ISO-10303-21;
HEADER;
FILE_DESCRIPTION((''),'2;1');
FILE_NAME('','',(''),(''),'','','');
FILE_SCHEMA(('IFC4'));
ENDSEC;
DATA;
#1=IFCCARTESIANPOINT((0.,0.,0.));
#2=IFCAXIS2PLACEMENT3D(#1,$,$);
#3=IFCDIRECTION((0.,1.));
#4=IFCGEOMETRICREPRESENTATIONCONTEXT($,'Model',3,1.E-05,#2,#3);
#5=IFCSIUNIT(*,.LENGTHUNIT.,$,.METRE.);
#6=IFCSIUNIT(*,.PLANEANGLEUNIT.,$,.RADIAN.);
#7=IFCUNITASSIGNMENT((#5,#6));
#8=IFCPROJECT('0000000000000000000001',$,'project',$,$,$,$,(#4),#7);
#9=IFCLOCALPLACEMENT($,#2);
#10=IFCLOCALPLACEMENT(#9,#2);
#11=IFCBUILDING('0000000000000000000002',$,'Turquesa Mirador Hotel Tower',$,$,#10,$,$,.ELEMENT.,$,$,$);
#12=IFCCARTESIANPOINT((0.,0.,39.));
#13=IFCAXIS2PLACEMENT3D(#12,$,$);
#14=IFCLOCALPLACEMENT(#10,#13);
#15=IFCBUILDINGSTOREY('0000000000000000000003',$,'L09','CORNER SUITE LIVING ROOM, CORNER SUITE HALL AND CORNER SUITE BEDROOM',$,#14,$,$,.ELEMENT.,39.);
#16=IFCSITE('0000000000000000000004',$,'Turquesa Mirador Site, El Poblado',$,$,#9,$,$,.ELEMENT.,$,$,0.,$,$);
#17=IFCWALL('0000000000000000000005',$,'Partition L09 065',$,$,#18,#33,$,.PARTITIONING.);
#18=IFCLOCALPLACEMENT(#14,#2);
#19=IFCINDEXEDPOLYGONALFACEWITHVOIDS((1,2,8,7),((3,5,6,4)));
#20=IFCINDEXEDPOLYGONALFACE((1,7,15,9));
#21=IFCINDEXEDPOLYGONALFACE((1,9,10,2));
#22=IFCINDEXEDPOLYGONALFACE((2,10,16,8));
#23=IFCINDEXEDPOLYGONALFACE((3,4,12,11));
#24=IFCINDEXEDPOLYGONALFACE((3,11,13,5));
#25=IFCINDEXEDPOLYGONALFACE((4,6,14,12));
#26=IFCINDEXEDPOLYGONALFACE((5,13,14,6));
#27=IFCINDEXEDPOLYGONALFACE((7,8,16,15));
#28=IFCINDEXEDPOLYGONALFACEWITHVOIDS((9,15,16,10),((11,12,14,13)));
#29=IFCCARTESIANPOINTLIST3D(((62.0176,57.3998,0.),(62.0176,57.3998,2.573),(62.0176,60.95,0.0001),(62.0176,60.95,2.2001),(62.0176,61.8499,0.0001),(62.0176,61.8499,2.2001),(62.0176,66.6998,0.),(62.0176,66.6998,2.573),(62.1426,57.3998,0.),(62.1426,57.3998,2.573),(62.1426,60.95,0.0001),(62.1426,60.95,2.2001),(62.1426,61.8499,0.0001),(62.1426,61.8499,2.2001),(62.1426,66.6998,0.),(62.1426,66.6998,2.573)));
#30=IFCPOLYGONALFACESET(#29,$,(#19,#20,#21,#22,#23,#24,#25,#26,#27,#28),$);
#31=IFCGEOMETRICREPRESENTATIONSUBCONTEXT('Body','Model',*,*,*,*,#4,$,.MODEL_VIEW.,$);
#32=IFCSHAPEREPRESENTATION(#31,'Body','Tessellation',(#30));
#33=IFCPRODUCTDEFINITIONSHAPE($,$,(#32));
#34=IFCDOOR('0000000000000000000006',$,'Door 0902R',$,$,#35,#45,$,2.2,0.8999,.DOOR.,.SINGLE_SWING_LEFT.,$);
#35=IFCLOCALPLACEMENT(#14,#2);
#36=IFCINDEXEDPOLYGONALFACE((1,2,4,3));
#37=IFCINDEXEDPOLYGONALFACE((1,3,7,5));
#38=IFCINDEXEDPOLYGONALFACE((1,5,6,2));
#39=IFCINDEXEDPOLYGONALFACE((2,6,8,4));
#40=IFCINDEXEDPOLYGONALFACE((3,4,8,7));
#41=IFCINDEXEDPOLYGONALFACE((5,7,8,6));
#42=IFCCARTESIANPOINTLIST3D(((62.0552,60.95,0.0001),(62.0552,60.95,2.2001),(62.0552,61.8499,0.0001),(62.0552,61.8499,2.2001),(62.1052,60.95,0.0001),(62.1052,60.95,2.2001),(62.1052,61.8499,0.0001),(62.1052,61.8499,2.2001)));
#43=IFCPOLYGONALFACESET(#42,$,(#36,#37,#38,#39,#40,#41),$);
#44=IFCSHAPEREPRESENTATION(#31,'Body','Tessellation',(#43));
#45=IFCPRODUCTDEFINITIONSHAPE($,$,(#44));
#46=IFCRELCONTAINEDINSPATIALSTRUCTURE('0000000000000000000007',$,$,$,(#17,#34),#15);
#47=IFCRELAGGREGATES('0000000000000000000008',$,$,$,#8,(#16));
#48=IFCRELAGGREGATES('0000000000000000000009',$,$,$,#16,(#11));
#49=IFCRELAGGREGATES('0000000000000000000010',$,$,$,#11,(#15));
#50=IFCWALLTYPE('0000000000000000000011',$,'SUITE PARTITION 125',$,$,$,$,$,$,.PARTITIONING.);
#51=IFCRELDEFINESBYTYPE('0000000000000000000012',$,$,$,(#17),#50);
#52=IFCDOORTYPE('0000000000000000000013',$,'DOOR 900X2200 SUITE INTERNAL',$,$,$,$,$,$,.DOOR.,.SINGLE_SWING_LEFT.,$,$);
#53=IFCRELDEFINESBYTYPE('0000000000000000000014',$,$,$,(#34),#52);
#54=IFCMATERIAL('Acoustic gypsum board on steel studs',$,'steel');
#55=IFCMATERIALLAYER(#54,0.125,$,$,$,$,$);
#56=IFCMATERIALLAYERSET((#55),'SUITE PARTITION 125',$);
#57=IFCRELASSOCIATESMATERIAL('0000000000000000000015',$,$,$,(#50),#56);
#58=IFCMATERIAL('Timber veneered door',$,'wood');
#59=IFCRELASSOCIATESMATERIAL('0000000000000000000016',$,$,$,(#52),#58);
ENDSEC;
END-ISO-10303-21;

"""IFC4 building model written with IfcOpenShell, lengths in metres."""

from ifc_helpers import new_model, si_unit, direction, frame, frame_2d, origin, place, context, subcontext, project, spatial, rectangle, extrude, material, layer, layer_set, type_object, element, fill, save


model = new_model("IFC4")

# Units and contexts
model_context = context("Model", 3, precision=1e-05, world=origin(), true_north=direction((0.0, 1.0)))
body_context = subcontext(model_context, "Body", "Model", "MODEL_VIEW")
ifc_project = project(units=[si_unit("LENGTHUNIT", "METRE"), si_unit("PLANEANGLEUNIT", "RADIAN")], contexts=[model_context])

# Site, building, storey
site_placement = place(None, origin())
site = spatial("IfcSite", under=ifc_project, at=site_placement, Name="Turquesa Mirador Site, El Poblado", CompositionType="ELEMENT", RefElevation=0.0)
building_placement = place(site_placement, origin())
building = spatial("IfcBuilding", under=site, at=building_placement, Name="Turquesa Mirador Hotel Tower", CompositionType="ELEMENT")
storey_placement = place(building_placement, frame((0.0, 0.0, 39.0)))
storey = spatial("IfcBuildingStorey", under=building, at=storey_placement, Name="L09", Description="CORNER SUITE LIVING ROOM, CORNER SUITE HALL AND CORNER SUITE BEDROOM", CompositionType="ELEMENT", Elevation=39.0)

# Wall, opening, door
ifc_material_1 = material(Name="Acoustic gypsum board on steel studs", Category="steel")
ifc_layer_1 = layer(ifc_material_1, 0.125)
ifc_layer_set_1 = layer_set([ifc_layer_1], Name="SUITE PARTITION 125")
wall_type_1 = type_object("IfcWallType", Name="SUITE PARTITION 125", PredefinedType="PARTITIONING", material=ifc_layer_set_1)
wall_1_placement = place(storey_placement, frame((62.0801, 57.3999, 0.0), z_axis=(0.0, 0.0, 1.0), x_axis=(0.0, 1.0, 0.0)))
wall_1 = element("IfcWall", 1, at=wall_1_placement, inside=storey, type_object=wall_type_1, Name="Partition L09 065", PredefinedType="PARTITIONING", context=body_context, shape_type="SweptSolid", body=[
    extrude(rectangle(XDim=9.3, YDim=0.125, at=frame_2d((4.6499, 0.0))), origin(), (0.0, 0.0, 1.0), 2.573),
])
opening_1_placement = place(wall_1_placement, frame((3.55, 0.0, 0.0)))
opening_1 = element("IfcOpeningElement", 2, at=opening_1_placement, cuts=wall_1, PredefinedType="OPENING", context=body_context, shape_type="SweptSolid", body=[
    extrude(rectangle(XDim=0.8999, YDim=2.2, at=frame_2d((0.45, 1.1001))), frame((0.0, 0.0725, 0.0), z_axis=(0.0, -1.0, 0.0), x_axis=(1.0, 0.0, 0.0)), (0.0, 0.0, 1.0), 0.145),
])
ifc_material_2 = material(Name="Timber veneered door", Category="wood")
door_type_1 = type_object("IfcDoorType", Name="DOOR 900X2200 SUITE INTERNAL", OperationType="SINGLE_SWING_LEFT", PredefinedType="DOOR", material=ifc_material_2)
door_1_placement = place(opening_1_placement, origin())
door_1 = element("IfcDoor", 3, at=door_1_placement, inside=storey, type_object=door_type_1, Name="Door 0902R", OperationType="SINGLE_SWING_LEFT", OverallHeight=2.2, OverallWidth=0.8999, PredefinedType="DOOR", context=body_context, shape_type="SweptSolid", body=[
    extrude(rectangle(XDim=0.8999, YDim=2.2, at=frame_2d((0.45, 1.1001))), frame((0.0, 0.0249, 0.0), z_axis=(0.0, -1.0, 0.0), x_axis=(1.0, 0.0, 0.0)), (0.0, 0.0, 1.0), 0.05),
])
fill(opening_1, door_1)

save(model, "model.ifc")
